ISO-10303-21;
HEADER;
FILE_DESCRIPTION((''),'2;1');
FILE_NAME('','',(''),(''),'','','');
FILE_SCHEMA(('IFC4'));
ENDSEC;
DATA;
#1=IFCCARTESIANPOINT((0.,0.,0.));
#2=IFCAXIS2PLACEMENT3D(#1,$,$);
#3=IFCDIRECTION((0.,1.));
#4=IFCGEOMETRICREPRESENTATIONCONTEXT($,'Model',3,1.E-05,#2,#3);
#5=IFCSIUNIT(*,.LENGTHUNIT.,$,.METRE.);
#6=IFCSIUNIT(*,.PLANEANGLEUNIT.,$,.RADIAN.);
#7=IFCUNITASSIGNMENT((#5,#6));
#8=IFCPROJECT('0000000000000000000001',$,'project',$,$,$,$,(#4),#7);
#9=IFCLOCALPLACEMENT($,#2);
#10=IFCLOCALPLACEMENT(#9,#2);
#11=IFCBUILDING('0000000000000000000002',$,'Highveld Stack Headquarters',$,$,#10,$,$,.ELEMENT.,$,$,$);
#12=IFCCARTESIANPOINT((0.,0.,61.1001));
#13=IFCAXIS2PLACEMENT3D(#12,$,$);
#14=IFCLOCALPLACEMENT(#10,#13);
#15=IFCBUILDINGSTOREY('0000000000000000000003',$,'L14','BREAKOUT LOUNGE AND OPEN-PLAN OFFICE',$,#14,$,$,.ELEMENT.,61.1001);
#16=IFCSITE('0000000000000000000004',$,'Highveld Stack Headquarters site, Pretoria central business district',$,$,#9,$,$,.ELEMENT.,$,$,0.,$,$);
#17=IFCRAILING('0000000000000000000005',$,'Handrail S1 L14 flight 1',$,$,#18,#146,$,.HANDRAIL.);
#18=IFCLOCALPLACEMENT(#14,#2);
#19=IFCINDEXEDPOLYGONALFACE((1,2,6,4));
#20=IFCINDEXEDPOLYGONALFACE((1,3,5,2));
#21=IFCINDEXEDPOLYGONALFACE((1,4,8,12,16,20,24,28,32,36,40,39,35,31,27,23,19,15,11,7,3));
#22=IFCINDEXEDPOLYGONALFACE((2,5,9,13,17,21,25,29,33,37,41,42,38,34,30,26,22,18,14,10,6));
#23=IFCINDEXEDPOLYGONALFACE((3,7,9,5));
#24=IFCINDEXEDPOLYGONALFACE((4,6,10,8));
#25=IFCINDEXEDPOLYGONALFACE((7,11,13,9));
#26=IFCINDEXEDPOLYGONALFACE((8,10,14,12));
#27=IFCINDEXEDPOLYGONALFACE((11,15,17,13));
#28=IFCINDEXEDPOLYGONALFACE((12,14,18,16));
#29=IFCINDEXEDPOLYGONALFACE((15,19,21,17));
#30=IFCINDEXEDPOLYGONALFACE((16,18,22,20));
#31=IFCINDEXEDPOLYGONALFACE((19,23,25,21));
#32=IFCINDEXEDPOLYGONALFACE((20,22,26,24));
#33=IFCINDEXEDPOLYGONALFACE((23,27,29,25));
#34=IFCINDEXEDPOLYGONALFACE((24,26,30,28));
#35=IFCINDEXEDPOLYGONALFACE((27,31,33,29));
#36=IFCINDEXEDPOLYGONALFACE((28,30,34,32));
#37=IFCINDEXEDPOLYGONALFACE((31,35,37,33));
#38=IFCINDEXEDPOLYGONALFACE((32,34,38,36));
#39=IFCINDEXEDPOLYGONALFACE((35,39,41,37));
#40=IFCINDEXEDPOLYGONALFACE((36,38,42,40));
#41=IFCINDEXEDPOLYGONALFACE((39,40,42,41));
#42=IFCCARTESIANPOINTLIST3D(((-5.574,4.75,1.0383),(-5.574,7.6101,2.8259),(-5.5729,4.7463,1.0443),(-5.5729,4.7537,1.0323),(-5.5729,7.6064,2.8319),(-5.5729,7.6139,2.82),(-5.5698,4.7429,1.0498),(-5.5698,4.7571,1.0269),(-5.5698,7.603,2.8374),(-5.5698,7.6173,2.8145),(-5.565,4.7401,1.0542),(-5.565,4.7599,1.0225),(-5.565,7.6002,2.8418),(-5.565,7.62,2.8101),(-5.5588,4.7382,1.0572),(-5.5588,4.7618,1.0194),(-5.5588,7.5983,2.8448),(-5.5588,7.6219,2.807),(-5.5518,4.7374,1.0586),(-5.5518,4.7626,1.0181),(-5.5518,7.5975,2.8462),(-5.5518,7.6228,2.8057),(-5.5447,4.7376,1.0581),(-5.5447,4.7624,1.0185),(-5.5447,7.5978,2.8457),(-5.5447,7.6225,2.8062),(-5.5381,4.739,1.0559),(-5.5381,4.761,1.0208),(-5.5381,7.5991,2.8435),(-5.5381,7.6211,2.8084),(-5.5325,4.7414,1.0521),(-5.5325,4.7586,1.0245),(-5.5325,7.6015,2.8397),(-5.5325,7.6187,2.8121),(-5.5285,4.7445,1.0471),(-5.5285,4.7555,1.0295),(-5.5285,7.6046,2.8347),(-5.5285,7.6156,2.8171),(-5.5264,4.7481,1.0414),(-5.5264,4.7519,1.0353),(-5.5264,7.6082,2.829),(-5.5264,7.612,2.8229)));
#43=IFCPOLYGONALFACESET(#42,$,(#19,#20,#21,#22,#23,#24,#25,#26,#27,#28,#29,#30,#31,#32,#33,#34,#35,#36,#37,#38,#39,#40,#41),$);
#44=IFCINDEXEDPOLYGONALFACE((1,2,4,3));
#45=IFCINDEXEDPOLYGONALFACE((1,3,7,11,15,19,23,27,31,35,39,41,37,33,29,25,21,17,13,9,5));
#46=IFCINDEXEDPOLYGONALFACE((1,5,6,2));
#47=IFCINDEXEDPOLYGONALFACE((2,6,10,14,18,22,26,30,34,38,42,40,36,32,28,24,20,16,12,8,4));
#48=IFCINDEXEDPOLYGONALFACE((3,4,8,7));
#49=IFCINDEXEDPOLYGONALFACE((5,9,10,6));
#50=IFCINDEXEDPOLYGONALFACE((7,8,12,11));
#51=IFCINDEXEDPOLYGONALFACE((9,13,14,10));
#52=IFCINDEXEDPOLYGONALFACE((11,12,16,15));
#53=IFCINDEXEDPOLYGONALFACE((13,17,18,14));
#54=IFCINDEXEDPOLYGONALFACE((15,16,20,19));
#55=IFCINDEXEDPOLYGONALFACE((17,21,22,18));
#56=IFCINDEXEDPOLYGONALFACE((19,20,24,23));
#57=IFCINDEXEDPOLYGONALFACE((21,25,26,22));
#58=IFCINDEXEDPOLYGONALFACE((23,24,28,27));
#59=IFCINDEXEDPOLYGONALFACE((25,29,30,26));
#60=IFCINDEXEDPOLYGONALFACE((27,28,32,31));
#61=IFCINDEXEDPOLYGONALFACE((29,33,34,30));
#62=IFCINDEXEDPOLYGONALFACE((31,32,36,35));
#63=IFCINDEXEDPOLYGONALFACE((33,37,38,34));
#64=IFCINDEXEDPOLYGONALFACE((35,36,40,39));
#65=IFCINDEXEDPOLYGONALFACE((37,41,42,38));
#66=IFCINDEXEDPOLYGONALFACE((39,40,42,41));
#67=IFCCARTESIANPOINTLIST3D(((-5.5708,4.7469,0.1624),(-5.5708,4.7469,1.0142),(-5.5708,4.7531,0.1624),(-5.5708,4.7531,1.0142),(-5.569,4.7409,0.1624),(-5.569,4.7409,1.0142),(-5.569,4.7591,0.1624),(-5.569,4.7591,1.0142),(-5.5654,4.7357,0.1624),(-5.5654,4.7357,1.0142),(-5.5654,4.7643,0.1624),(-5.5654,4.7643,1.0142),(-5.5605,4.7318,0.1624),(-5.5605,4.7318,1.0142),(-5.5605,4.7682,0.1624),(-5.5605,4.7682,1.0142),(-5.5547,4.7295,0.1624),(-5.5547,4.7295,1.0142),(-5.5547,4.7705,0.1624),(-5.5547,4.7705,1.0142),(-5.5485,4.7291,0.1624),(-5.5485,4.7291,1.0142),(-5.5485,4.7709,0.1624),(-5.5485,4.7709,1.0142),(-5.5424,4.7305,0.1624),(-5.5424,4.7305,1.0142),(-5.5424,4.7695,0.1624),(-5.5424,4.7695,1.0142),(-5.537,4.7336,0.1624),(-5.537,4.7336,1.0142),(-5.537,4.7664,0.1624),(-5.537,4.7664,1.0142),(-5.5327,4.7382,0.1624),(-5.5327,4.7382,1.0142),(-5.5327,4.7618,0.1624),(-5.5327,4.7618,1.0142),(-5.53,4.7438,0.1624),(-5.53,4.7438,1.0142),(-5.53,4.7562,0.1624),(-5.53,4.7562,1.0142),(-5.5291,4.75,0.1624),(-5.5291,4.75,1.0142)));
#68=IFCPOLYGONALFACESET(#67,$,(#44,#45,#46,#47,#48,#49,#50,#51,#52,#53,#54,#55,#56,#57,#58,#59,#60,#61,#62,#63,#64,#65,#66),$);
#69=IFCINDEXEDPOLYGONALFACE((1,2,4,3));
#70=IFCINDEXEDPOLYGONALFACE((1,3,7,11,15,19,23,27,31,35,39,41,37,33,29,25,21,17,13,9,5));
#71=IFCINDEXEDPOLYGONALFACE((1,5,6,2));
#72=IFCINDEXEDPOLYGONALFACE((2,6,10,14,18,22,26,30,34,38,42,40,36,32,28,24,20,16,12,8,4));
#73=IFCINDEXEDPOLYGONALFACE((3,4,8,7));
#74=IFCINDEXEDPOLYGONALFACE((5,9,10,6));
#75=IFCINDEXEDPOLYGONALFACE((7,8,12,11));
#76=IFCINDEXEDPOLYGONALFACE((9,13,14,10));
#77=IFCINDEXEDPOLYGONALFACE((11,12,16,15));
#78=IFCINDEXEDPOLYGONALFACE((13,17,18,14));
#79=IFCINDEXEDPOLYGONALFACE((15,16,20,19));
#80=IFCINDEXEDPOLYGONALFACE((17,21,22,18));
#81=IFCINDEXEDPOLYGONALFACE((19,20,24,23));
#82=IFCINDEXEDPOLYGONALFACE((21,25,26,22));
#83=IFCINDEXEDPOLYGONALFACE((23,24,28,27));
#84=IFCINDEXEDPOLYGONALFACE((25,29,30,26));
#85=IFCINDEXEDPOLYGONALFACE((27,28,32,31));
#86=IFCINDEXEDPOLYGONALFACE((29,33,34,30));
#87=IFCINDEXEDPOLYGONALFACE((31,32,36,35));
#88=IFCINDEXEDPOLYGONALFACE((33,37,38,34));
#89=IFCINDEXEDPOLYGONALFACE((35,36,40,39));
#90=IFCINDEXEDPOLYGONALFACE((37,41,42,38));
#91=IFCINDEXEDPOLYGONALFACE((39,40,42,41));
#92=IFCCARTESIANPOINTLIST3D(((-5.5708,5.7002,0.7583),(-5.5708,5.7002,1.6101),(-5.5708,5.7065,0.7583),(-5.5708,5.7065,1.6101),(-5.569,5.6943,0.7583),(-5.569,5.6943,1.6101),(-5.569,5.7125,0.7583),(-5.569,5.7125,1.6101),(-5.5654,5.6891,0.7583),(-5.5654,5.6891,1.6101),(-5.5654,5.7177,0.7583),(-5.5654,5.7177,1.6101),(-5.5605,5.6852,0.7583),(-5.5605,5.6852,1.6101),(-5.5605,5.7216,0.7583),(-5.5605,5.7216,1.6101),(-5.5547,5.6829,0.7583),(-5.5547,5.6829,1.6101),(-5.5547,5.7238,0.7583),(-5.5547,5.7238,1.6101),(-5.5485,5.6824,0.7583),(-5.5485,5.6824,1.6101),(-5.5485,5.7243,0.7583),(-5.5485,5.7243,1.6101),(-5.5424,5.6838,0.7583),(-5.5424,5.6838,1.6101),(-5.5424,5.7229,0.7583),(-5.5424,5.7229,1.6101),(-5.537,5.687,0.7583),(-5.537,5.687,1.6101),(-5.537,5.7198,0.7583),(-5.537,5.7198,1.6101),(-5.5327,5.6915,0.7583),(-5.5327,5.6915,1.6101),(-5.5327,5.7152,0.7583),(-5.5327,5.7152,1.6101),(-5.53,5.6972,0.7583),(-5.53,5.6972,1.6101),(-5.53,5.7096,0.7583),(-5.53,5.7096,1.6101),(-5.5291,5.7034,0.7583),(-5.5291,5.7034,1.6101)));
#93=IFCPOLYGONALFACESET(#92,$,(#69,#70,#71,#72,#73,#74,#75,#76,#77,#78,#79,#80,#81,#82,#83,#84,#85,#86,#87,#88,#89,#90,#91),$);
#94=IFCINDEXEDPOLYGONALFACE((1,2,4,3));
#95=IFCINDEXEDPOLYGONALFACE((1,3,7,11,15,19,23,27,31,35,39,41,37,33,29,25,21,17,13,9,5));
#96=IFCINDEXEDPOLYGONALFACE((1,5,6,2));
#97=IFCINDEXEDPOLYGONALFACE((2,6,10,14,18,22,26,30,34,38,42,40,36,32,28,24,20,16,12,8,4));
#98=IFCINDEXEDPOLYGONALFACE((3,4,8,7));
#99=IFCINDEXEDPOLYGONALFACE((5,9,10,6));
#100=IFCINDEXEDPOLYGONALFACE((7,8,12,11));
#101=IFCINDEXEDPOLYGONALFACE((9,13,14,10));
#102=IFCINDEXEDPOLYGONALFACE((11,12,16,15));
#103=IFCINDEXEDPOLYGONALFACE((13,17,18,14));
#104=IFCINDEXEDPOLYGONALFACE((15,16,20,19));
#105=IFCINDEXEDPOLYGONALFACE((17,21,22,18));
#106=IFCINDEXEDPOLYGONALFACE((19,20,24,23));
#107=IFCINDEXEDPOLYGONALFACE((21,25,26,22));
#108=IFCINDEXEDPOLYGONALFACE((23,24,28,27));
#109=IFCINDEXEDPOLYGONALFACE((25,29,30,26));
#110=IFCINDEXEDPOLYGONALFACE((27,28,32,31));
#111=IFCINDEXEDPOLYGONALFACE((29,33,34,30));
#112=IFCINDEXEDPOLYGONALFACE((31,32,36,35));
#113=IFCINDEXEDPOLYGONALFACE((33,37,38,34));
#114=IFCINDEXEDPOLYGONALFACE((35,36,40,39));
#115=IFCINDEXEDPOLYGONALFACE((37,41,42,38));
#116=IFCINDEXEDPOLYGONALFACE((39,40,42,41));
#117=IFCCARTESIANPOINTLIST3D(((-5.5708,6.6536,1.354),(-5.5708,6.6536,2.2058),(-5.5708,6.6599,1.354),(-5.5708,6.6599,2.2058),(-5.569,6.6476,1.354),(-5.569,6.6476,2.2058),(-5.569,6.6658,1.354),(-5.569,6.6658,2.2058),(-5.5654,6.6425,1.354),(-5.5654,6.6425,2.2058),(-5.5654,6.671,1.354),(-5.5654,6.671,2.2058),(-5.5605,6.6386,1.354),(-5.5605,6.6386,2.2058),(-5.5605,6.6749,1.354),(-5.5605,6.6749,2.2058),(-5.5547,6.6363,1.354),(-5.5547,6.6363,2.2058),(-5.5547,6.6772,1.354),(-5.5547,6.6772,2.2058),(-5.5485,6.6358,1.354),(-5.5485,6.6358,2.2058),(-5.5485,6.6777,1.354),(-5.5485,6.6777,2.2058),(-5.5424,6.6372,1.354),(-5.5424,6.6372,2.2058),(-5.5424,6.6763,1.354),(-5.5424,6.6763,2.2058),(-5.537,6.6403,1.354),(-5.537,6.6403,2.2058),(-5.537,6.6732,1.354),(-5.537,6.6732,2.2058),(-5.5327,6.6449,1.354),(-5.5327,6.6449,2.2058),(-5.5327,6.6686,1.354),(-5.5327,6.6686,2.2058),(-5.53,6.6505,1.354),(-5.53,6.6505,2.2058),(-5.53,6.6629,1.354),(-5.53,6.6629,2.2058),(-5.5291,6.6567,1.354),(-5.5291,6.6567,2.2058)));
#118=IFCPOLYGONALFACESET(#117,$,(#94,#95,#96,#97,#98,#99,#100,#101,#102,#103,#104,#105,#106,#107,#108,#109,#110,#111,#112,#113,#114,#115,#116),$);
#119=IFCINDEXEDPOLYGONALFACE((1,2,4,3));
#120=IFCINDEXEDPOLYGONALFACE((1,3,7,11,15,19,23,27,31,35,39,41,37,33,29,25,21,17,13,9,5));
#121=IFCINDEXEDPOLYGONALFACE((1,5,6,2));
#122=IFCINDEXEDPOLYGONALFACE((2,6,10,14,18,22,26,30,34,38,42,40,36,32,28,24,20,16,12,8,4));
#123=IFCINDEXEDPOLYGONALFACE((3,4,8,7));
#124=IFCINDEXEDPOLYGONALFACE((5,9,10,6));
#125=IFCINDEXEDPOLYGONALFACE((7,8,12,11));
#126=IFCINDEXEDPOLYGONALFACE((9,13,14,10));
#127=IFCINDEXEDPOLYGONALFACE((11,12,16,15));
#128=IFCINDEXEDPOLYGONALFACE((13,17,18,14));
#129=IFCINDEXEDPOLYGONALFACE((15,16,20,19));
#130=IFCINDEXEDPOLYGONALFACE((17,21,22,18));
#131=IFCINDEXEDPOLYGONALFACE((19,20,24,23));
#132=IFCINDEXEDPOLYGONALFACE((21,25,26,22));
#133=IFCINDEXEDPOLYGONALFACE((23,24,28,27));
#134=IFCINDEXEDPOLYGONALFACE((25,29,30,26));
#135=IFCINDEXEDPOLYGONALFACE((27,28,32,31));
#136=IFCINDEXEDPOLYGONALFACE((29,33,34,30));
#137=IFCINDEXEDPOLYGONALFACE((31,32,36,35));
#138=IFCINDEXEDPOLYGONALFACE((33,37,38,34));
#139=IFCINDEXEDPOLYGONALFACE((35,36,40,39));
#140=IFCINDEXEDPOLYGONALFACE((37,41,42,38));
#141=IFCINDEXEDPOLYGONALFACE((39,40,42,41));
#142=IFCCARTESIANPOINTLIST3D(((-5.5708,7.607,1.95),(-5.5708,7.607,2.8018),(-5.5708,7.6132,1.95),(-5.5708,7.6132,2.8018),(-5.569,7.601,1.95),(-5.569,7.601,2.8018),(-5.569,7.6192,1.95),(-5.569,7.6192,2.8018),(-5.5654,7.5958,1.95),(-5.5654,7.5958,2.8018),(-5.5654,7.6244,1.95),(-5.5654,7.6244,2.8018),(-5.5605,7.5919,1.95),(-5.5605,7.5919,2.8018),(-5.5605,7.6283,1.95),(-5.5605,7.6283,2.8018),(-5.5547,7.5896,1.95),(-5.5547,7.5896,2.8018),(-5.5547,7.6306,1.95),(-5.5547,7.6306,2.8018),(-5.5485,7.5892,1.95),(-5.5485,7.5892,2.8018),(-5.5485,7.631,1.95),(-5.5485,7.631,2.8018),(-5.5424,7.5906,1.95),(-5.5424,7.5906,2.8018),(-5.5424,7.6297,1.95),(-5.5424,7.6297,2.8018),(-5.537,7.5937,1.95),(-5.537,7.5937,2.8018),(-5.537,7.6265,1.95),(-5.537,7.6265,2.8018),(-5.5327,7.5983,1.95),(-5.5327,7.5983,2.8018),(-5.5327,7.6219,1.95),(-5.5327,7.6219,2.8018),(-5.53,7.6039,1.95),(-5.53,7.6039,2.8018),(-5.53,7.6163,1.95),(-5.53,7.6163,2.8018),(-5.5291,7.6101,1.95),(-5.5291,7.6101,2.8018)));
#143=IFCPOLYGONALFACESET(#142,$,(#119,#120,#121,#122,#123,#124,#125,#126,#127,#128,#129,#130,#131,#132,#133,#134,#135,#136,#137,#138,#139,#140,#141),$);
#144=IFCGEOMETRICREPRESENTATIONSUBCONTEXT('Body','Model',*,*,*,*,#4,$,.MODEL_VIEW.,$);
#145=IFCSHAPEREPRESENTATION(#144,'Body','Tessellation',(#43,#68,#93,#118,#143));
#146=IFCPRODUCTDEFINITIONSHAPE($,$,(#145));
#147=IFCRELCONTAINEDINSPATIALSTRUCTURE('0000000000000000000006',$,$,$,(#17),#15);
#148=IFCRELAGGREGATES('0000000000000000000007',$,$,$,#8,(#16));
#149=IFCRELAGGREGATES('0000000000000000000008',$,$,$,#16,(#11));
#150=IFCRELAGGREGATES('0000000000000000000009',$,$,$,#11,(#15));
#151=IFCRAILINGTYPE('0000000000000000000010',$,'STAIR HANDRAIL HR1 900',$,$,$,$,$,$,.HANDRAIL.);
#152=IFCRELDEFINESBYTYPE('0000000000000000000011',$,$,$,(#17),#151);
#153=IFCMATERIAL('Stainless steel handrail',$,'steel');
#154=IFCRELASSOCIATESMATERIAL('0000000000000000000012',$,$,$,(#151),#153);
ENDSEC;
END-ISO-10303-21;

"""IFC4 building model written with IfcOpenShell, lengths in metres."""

from ifc_helpers import new_model, si_unit, direction, frame, origin, origin_2d, place, context, subcontext, project, spatial, circle, extrude, material, type_object, element, save


model = new_model("IFC4")

# Units and contexts
model_context = context("Model", 3, precision=1e-05, world=origin(), true_north=direction((0.0, 1.0)))
body_context = subcontext(model_context, "Body", "Model", "MODEL_VIEW")
ifc_project = project(units=[si_unit("LENGTHUNIT", "METRE"), si_unit("PLANEANGLEUNIT", "RADIAN")], contexts=[model_context])

# Site, building, storey
site_placement = place(None, origin())
site = spatial("IfcSite", under=ifc_project, at=site_placement, Name="Highveld Stack Headquarters site, Pretoria central business district", CompositionType="ELEMENT", RefElevation=0.0)
building_placement = place(site_placement, origin())
building = spatial("IfcBuilding", under=site, at=building_placement, Name="Highveld Stack Headquarters", CompositionType="ELEMENT")
storey_placement = place(building_placement, frame((0.0, 0.0, 61.1001)))
storey = spatial("IfcBuildingStorey", under=building, at=storey_placement, Name="L14", Description="BREAKOUT LOUNGE AND OPEN-PLAN OFFICE", CompositionType="ELEMENT", Elevation=61.1001)

# Railing
ifc_material_1 = material(Name="Stainless steel handrail", Category="steel")
railing_type = type_object("IfcRailingType", Name="STAIR HANDRAIL HR1 900", PredefinedType="HANDRAIL", material=ifc_material_1)
for number, where, name in (
    (1, (-5.55, 4.75, 0.1624), "Handrail S1 L14 flight 1"),
):
    element("IfcRailing", number, at=place(storey_placement, frame(where)), inside=storey, type_object=railing_type, Name=name, PredefinedType="HANDRAIL", context=body_context, shape_type="SweptSolid", body=[
        extrude(circle(Radius=0.0239, at=origin_2d()), frame((0.0, 0.0, 0.876), z_axis=(0.0, 0.847994, 0.530005), x_axis=(-1.0, 0.0, 0.0)), (0.0, 0.0, 1.0), 3.3728),
        extrude(circle(Radius=0.021, at=origin_2d()), origin(), (0.0, 0.0, 1.0), 0.8518),
        extrude(circle(Radius=0.021, at=origin_2d()), frame((0.0, 0.9534, 0.5959)), (0.0, 0.0, 1.0), 0.8518),
        extrude(circle(Radius=0.021, at=origin_2d()), frame((0.0, 1.9067, 1.1917)), (0.0, 0.0, 1.0), 0.8518),
        extrude(circle(Radius=0.021, at=origin_2d()), frame((0.0, 2.8601, 1.7876)), (0.0, 0.0, 1.0), 0.8518),
    ])

save(model, "model.ifc")
